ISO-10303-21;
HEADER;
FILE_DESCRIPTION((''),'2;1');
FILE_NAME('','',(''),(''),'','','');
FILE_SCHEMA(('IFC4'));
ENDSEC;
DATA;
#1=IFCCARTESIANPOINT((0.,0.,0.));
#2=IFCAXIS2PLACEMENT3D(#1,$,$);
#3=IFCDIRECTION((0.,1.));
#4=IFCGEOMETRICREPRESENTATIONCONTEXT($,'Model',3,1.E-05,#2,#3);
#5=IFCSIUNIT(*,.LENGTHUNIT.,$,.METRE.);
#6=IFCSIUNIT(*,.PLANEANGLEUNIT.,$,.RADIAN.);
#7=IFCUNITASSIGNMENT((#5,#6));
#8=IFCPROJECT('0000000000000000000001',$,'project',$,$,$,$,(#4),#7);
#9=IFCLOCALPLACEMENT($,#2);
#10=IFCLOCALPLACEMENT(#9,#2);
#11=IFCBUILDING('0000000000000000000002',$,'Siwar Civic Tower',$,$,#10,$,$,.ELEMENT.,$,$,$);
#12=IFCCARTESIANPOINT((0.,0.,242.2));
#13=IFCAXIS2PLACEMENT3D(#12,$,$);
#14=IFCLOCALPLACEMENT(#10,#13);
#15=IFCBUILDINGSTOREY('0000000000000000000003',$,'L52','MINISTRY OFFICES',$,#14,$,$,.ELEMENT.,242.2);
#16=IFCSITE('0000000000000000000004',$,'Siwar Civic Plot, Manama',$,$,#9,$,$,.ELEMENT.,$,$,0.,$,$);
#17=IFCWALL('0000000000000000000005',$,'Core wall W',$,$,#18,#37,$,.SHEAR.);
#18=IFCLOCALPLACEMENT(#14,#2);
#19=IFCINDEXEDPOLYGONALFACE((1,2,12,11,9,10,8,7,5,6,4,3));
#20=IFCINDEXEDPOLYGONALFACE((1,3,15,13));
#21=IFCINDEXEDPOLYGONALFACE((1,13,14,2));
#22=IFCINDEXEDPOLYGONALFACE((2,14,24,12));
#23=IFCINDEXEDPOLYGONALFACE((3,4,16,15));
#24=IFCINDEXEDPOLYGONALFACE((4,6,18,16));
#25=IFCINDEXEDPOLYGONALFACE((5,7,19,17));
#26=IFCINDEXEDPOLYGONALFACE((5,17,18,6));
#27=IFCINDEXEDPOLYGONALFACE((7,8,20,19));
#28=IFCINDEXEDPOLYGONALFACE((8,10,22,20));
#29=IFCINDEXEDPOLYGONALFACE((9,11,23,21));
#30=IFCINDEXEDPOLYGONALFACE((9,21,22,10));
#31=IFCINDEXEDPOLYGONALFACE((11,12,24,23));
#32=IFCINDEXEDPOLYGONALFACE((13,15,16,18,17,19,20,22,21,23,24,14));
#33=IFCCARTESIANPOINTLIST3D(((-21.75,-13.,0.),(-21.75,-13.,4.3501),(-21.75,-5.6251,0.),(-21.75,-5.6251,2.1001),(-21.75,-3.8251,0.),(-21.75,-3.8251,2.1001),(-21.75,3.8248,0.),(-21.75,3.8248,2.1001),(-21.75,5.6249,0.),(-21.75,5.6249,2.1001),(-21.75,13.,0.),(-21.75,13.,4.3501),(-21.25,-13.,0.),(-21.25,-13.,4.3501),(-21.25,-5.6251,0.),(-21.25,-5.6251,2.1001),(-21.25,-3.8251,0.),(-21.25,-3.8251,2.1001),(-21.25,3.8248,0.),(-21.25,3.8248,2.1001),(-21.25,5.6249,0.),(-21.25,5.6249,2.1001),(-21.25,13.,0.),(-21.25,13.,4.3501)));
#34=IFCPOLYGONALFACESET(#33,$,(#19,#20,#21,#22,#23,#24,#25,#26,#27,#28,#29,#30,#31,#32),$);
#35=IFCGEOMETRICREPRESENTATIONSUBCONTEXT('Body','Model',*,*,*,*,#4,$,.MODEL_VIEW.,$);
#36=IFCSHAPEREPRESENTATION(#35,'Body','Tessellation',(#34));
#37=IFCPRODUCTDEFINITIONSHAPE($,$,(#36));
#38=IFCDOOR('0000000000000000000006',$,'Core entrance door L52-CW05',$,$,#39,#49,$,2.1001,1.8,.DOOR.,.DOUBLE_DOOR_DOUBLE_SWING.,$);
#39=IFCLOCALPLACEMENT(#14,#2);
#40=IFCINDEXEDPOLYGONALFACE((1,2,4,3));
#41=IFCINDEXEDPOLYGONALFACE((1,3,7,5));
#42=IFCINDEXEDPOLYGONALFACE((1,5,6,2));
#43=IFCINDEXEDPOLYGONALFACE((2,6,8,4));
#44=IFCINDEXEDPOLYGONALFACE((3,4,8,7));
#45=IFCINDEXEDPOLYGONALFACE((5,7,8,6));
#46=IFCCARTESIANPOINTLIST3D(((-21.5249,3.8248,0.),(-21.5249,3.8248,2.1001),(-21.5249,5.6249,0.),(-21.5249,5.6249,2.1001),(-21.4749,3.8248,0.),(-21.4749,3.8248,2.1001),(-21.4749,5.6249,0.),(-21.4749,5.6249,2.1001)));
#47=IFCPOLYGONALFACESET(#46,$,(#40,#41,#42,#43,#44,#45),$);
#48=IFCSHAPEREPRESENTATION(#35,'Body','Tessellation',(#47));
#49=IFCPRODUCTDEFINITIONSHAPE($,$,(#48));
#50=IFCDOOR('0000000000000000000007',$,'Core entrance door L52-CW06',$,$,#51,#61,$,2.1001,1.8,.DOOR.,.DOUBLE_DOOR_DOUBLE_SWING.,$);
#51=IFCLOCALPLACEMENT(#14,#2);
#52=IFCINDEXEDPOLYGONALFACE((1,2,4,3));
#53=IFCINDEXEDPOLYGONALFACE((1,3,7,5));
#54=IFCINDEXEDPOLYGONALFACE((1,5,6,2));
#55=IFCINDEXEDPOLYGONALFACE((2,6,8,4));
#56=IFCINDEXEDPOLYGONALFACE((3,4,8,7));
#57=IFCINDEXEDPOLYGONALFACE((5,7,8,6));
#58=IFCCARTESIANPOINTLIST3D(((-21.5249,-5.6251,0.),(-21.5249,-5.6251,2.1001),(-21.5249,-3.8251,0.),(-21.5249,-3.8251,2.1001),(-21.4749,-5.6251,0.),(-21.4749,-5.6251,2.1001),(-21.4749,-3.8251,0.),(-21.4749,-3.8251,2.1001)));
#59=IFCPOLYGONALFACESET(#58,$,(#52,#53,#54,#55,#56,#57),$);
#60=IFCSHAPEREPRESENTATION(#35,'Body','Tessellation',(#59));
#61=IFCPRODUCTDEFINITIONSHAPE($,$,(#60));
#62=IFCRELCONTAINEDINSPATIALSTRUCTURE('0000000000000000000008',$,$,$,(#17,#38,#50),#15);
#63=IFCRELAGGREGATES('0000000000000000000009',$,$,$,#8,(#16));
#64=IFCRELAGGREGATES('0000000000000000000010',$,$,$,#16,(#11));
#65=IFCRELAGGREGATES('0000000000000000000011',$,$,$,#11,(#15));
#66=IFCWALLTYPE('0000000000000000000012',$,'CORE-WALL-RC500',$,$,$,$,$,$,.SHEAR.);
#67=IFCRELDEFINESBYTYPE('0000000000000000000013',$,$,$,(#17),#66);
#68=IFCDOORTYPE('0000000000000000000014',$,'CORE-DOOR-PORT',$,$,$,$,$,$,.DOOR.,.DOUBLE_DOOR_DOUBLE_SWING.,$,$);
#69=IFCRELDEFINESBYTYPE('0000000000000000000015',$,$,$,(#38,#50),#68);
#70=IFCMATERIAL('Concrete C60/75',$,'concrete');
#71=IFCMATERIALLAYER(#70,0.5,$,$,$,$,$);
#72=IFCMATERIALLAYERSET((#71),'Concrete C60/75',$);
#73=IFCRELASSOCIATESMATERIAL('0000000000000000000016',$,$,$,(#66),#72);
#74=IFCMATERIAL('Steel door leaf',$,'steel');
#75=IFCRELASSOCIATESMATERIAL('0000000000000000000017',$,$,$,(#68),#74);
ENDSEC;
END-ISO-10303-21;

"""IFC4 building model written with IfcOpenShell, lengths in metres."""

from ifc_helpers import new_model, si_unit, direction, frame, frame_2d, origin, place, context, subcontext, project, spatial, rectangle, extrude, material, layer, layer_set, type_object, element, fill, save


model = new_model("IFC4")

# Units and contexts
model_context = context("Model", 3, precision=1e-05, world=origin(), true_north=direction((0.0, 1.0)))
body_context = subcontext(model_context, "Body", "Model", "MODEL_VIEW")
ifc_project = project(units=[si_unit("LENGTHUNIT", "METRE"), si_unit("PLANEANGLEUNIT", "RADIAN")], contexts=[model_context])

# Site, building, storey
site_placement = place(None, origin())
site = spatial("IfcSite", under=ifc_project, at=site_placement, Name="Siwar Civic Plot, Manama", CompositionType="ELEMENT", RefElevation=0.0)
building_placement = place(site_placement, origin())
building = spatial("IfcBuilding", under=site, at=building_placement, Name="Siwar Civic Tower", CompositionType="ELEMENT")
storey_placement = place(building_placement, frame((0.0, 0.0, 242.2)))
storey = spatial("IfcBuildingStorey", under=building, at=storey_placement, Name="L52", Description="MINISTRY OFFICES", CompositionType="ELEMENT", Elevation=242.2)

# Wall, openings, doors
ifc_material_1 = material(Name="Concrete C60/75", Category="concrete")
ifc_layer_1 = layer(ifc_material_1, 0.5)
ifc_layer_set_1 = layer_set([ifc_layer_1], Name="Concrete C60/75")
wall_type_1 = type_object("IfcWallType", Name="CORE-WALL-RC500", PredefinedType="SHEAR", material=ifc_layer_set_1)
wall_1_placement = place(storey_placement, frame((-21.5, -13.0, 0.0), z_axis=(0.0, 0.0, 1.0), x_axis=(0.0, 1.0, 0.0)))
wall_1 = element("IfcWall", 1, at=wall_1_placement, inside=storey, type_object=wall_type_1, Name="Core wall W", PredefinedType="SHEAR", context=body_context, shape_type="SweptSolid", body=[
    extrude(rectangle(XDim=26.0, YDim=0.5, at=frame_2d((13.0, 0.0))), origin(), (0.0, 0.0, 1.0), 4.3501),
])
opening_1_placement = place(wall_1_placement, frame((16.825, 0.0, 0.0)))
opening_1 = element("IfcOpeningElement", 2, at=opening_1_placement, cuts=wall_1, PredefinedType="OPENING", context=body_context, shape_type="SweptSolid", body=[
    extrude(rectangle(XDim=1.8, YDim=2.1001, at=frame_2d((0.8999, 1.05))), frame((0.0, 0.26, 0.0), z_axis=(0.0, -1.0, 0.0), x_axis=(1.0, 0.0, 0.0)), (0.0, 0.0, 1.0), 0.52),
])
opening_2_placement = place(wall_1_placement, frame((7.375, 0.0, 0.0)))
opening_2 = element("IfcOpeningElement", 3, at=opening_2_placement, cuts=wall_1, PredefinedType="OPENING", context=body_context, shape_type="SweptSolid", body=[
    extrude(rectangle(XDim=1.8, YDim=2.1001, at=frame_2d((0.8999, 1.05))), frame((0.0, 0.26, 0.0), z_axis=(0.0, -1.0, 0.0), x_axis=(1.0, 0.0, 0.0)), (0.0, 0.0, 1.0), 0.52),
])
ifc_material_2 = material(Name="Steel door leaf", Category="steel")
door_type_1 = type_object("IfcDoorType", Name="CORE-DOOR-PORT", OperationType="DOUBLE_DOOR_DOUBLE_SWING", PredefinedType="DOOR", material=ifc_material_2)
door_1_placement = place(opening_1_placement, origin())
door_1 = element("IfcDoor", 4, at=door_1_placement, inside=storey, type_object=door_type_1, Name="Core entrance door L52-CW05", OperationType="DOUBLE_DOOR_DOUBLE_SWING", OverallHeight=2.1001, OverallWidth=1.8, PredefinedType="DOOR", context=body_context, shape_type="SweptSolid", body=[
    extrude(rectangle(XDim=1.8, YDim=2.1001, at=frame_2d((0.8999, 1.05))), frame((0.0, 0.0249, 0.0), z_axis=(0.0, -1.0, 0.0), x_axis=(1.0, 0.0, 0.0)), (0.0, 0.0, 1.0), 0.05),
])
fill(opening_1, door_1)
door_2_placement = place(opening_2_placement, origin())
door_2 = element("IfcDoor", 5, at=door_2_placement, inside=storey, type_object=door_type_1, Name="Core entrance door L52-CW06", OperationType="DOUBLE_DOOR_DOUBLE_SWING", OverallHeight=2.1001, OverallWidth=1.8, PredefinedType="DOOR", context=body_context, shape_type="SweptSolid", body=[
    extrude(rectangle(XDim=1.8, YDim=2.1001, at=frame_2d((0.8999, 1.05))), frame((0.0, 0.0249, 0.0), z_axis=(0.0, -1.0, 0.0), x_axis=(1.0, 0.0, 0.0)), (0.0, 0.0, 1.0), 0.05),
])
fill(opening_2, door_2)

save(model, "model.ifc")
